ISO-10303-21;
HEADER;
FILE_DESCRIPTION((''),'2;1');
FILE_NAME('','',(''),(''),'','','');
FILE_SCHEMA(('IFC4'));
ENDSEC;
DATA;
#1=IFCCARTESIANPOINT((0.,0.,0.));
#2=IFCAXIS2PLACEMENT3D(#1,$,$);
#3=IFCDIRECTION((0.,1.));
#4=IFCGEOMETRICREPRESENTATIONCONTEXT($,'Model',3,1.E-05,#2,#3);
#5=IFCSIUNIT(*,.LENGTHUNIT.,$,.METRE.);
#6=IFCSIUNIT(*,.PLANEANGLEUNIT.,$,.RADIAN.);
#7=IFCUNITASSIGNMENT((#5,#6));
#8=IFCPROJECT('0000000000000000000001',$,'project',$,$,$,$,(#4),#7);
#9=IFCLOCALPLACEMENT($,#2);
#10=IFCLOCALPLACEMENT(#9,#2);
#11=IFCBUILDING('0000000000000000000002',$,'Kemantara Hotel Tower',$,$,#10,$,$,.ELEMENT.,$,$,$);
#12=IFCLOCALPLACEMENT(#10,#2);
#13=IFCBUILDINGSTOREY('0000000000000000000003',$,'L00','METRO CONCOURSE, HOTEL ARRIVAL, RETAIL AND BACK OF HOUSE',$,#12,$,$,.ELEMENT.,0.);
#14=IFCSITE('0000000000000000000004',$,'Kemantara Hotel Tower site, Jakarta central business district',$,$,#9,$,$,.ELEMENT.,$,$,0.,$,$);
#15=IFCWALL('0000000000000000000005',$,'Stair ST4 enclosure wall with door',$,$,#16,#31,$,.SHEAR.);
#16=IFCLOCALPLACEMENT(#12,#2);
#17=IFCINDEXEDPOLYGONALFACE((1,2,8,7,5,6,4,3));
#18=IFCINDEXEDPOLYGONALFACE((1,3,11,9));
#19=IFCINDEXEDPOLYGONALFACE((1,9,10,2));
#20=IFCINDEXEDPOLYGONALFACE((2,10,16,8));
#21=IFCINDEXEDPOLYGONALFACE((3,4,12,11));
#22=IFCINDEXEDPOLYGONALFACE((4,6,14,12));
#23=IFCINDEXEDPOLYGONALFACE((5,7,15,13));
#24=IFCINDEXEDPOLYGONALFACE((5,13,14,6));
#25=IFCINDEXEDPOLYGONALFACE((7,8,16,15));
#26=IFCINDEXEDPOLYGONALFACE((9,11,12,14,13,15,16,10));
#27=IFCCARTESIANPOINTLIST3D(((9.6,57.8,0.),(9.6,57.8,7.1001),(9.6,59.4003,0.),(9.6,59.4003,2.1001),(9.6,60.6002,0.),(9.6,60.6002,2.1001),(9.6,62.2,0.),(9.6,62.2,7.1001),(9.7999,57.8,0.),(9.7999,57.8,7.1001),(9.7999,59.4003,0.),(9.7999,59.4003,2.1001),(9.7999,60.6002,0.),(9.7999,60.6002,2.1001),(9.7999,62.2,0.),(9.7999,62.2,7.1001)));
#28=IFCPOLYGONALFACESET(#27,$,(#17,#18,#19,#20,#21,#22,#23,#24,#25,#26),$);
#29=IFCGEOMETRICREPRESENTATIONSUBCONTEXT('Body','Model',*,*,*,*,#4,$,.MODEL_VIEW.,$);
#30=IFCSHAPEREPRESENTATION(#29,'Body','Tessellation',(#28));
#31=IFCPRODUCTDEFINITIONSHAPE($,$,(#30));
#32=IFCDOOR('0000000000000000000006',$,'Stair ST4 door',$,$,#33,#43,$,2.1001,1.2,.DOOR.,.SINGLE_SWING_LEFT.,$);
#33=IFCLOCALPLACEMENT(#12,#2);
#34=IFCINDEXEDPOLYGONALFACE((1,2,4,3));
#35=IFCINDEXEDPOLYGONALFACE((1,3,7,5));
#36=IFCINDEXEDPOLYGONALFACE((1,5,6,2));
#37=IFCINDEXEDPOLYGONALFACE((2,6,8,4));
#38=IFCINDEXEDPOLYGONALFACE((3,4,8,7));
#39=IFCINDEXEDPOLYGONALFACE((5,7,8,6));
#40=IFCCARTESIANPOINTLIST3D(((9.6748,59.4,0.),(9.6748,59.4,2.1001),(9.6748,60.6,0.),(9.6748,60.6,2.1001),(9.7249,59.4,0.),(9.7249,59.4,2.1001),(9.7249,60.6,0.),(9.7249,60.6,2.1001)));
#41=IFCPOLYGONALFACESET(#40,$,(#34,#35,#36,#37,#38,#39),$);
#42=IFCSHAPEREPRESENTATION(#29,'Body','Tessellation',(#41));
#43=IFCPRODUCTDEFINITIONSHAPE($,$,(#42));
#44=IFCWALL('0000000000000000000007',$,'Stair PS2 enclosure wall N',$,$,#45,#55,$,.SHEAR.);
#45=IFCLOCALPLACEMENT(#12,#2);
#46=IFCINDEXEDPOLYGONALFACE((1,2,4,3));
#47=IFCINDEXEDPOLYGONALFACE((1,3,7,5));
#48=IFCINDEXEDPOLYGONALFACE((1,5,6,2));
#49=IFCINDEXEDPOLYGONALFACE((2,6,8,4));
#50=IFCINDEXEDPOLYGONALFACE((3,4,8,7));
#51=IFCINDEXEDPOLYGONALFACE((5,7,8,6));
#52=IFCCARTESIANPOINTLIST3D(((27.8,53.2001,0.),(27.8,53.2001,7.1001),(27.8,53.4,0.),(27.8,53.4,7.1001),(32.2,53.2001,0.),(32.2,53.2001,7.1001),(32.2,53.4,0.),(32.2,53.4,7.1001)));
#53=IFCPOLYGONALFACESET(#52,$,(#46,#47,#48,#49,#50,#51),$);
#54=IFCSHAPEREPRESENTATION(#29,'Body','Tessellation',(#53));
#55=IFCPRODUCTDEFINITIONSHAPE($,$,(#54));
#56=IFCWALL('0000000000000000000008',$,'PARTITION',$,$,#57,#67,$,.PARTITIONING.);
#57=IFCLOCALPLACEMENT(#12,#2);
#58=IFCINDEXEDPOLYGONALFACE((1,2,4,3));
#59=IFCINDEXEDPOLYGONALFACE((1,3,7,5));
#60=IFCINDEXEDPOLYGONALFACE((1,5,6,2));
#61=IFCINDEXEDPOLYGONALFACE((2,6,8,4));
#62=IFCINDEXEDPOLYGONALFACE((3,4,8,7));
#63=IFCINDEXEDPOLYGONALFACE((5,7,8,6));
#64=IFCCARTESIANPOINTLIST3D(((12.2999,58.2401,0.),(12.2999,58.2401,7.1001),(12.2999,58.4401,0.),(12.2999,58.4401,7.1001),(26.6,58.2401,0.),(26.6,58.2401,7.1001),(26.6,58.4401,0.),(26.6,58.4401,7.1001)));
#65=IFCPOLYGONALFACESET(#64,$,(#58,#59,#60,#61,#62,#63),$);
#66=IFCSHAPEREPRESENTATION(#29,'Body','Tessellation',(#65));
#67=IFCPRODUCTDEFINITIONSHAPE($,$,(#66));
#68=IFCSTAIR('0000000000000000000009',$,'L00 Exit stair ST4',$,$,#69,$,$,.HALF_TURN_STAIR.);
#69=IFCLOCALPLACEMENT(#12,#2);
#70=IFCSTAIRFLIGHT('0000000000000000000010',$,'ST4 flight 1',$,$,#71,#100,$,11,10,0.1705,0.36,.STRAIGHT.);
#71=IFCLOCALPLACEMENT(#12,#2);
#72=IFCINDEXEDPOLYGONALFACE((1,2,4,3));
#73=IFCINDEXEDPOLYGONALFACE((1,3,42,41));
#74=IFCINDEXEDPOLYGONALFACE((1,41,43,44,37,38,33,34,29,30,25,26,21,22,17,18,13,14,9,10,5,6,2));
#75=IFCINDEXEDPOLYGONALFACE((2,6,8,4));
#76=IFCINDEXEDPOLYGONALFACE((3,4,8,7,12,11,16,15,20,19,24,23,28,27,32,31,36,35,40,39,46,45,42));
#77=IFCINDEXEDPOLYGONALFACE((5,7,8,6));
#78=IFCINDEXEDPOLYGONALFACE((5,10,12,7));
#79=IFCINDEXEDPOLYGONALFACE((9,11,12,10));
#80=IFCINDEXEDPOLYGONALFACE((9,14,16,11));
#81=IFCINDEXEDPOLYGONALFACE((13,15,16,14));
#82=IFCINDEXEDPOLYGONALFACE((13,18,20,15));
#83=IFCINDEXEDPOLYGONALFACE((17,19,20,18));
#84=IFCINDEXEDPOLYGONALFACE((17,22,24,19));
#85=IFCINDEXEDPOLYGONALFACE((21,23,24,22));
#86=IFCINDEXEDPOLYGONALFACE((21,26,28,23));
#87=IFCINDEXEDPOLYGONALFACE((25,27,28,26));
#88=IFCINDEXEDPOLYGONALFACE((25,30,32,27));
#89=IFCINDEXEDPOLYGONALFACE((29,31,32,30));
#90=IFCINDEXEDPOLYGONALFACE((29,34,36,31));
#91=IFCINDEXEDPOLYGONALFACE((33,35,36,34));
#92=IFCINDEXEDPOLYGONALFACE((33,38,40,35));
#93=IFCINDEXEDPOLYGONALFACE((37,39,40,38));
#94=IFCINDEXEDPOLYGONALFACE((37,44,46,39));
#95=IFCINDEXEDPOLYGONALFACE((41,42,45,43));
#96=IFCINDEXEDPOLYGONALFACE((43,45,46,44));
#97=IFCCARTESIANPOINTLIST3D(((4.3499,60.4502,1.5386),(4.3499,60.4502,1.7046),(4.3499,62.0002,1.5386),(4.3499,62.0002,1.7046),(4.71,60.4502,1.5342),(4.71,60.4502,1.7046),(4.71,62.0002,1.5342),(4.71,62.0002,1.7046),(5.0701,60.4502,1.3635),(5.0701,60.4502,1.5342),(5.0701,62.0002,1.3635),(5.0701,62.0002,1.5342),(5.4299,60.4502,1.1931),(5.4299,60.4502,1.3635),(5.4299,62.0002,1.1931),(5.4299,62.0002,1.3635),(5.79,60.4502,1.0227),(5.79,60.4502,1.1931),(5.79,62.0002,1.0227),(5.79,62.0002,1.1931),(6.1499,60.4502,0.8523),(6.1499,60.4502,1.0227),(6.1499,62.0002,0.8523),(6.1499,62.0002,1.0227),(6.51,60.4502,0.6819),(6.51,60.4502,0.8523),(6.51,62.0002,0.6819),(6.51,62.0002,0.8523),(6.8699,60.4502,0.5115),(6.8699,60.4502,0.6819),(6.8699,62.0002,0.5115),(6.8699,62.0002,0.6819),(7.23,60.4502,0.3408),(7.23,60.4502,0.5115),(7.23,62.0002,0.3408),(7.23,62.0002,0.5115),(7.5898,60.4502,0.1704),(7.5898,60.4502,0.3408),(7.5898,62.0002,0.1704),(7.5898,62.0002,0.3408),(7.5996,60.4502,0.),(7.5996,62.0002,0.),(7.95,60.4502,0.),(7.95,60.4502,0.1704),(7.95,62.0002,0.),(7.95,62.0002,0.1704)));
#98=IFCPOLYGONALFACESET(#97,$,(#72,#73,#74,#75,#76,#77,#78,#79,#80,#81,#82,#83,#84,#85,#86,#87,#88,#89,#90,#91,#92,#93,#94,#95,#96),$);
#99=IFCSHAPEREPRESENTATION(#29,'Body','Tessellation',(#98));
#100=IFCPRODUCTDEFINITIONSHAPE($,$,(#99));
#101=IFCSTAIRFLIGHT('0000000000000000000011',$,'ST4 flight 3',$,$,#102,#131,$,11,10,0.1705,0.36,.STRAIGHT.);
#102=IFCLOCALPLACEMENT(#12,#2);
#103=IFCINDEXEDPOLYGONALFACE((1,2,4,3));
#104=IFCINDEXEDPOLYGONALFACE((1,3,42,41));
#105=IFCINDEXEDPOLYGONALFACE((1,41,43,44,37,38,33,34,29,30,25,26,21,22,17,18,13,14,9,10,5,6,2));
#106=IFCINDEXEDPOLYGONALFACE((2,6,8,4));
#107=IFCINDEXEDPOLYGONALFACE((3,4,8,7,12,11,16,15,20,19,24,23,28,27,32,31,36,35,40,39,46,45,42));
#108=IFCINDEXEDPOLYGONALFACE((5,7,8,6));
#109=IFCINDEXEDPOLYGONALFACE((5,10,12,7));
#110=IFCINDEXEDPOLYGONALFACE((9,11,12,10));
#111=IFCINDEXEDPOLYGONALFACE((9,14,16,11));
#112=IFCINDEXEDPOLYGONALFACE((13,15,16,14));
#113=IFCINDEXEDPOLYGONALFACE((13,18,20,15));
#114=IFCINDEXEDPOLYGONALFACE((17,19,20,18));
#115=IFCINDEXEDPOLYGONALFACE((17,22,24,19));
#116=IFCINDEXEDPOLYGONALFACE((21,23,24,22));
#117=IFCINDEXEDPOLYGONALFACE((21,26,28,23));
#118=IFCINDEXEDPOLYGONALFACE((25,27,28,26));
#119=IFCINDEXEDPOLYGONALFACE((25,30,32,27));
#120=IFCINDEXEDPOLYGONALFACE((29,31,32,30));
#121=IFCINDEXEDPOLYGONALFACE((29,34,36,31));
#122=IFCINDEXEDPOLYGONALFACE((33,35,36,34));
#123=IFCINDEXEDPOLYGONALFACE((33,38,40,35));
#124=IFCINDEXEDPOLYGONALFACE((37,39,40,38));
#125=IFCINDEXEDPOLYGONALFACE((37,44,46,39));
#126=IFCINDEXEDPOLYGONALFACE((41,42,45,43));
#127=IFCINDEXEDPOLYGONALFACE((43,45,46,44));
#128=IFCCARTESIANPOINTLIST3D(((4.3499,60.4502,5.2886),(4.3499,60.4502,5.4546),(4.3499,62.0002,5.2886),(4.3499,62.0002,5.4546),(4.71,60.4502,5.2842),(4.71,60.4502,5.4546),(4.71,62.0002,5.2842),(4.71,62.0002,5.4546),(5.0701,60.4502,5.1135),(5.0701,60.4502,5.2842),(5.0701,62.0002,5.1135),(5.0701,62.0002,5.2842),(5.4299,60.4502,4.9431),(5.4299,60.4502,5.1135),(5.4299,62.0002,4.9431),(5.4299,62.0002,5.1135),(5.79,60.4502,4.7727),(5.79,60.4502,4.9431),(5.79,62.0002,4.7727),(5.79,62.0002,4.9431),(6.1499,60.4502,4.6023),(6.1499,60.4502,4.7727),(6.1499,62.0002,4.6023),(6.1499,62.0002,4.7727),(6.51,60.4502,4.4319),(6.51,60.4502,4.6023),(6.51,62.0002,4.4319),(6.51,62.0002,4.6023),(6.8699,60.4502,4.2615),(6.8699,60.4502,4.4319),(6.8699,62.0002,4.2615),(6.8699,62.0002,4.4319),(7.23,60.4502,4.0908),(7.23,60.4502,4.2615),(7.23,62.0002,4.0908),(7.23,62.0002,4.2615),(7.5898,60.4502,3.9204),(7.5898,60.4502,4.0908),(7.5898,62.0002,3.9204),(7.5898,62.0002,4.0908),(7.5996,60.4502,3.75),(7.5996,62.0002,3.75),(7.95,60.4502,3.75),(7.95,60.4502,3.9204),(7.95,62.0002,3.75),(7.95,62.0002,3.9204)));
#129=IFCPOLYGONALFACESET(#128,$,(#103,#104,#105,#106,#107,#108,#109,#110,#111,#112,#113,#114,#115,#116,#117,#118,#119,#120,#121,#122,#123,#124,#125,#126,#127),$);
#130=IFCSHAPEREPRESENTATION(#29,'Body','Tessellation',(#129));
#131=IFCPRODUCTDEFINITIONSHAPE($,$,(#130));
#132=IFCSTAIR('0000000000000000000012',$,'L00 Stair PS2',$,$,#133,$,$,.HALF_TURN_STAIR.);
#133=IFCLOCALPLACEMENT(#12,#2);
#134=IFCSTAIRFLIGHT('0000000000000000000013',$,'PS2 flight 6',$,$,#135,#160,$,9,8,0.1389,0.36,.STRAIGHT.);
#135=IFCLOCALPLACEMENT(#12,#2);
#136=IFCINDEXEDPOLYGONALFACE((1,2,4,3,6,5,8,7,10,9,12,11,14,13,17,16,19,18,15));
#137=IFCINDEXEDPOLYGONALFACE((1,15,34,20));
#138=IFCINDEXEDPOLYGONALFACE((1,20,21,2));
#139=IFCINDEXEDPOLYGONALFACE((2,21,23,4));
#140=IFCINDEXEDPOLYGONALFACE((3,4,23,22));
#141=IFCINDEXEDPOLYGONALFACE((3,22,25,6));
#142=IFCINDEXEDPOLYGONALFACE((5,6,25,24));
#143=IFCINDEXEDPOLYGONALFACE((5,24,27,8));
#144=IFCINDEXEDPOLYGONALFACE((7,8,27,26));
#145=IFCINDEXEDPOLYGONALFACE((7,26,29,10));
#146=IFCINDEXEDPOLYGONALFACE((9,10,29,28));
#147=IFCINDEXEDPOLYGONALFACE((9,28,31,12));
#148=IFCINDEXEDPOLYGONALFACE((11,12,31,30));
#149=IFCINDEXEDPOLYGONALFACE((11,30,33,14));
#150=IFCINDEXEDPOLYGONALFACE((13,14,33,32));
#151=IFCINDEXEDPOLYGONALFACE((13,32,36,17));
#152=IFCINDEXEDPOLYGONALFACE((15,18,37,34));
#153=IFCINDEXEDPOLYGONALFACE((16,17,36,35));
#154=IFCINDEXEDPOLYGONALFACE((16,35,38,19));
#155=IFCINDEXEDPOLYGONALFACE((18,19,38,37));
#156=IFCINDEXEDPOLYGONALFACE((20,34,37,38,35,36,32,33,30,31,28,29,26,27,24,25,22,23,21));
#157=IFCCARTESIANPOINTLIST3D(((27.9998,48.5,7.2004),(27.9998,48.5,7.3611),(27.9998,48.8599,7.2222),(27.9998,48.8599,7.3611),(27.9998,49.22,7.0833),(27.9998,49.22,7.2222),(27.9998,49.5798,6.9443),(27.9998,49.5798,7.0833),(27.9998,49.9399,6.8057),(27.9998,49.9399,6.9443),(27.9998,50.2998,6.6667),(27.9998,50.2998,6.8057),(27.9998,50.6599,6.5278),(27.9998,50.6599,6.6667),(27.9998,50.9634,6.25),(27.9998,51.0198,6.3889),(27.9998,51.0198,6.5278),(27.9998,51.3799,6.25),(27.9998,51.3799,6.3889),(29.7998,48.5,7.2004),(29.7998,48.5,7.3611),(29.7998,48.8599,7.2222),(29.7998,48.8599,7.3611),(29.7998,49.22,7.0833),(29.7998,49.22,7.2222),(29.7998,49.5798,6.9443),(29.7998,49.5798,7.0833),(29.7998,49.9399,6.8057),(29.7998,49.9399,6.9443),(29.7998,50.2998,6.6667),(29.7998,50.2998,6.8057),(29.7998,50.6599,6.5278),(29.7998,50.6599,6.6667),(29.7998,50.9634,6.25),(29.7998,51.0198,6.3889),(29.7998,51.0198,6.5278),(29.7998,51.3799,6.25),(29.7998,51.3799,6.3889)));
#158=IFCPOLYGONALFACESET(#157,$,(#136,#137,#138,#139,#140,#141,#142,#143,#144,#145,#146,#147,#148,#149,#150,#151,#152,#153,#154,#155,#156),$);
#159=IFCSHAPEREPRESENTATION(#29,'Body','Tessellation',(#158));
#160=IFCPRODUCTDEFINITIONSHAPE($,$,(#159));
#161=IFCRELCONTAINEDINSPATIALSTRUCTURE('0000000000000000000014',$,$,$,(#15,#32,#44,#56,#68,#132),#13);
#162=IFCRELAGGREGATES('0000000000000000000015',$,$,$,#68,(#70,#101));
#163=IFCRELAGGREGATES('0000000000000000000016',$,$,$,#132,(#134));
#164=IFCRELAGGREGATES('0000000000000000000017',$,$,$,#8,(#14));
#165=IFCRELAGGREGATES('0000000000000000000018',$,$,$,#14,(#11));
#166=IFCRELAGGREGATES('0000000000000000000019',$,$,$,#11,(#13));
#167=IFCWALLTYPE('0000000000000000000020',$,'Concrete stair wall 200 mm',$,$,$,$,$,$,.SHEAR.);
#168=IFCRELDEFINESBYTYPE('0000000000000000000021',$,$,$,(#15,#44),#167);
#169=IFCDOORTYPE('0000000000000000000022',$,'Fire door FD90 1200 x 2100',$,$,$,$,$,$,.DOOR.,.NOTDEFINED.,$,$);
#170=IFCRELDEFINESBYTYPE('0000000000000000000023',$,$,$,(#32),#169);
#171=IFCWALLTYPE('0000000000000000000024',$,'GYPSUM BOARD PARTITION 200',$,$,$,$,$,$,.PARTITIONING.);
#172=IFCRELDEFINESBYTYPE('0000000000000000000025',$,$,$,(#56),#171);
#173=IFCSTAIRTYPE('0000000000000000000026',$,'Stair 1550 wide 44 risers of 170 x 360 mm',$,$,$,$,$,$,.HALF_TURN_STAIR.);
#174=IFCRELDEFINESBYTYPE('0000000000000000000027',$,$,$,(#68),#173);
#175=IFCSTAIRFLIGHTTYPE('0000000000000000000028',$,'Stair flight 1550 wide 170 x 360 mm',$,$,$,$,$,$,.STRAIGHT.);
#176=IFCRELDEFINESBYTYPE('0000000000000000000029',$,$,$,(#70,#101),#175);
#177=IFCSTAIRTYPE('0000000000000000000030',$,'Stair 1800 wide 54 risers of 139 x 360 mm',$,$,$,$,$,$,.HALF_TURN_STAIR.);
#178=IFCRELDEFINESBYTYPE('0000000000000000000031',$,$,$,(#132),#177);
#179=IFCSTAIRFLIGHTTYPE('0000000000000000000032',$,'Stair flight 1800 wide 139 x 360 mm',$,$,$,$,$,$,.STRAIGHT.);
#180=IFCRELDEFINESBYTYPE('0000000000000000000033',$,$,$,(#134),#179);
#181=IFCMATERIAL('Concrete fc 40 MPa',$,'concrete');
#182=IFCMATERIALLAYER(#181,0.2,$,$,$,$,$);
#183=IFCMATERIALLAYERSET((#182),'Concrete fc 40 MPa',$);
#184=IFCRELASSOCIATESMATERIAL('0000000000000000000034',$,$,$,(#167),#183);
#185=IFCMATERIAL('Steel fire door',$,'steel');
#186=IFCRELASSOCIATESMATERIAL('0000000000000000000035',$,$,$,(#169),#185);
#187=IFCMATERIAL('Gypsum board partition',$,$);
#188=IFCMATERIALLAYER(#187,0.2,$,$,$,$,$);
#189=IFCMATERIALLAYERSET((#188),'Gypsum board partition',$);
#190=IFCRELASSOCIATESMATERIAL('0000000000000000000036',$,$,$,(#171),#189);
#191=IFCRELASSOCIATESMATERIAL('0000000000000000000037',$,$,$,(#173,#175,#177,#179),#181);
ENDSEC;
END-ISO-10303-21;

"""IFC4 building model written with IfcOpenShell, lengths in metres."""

from ifc_helpers import new_model, si_unit, direction, frame, frame_2d, origin, place, context, subcontext, project, spatial, polyline, rectangle, outline, extrude, material, layer, layer_set, type_object, element, fill, aggregate, save


model = new_model("IFC4")

# Units and contexts
model_context = context("Model", 3, precision=1e-05, world=origin(), true_north=direction((0.0, 1.0)))
body_context = subcontext(model_context, "Body", "Model", "MODEL_VIEW")
ifc_project = project(units=[si_unit("LENGTHUNIT", "METRE"), si_unit("PLANEANGLEUNIT", "RADIAN")], contexts=[model_context])

# Site, building, storey
site_placement = place(None, origin())
site = spatial("IfcSite", under=ifc_project, at=site_placement, Name="Kemantara Hotel Tower site, Jakarta central business district", CompositionType="ELEMENT", RefElevation=0.0)
building_placement = place(site_placement, origin())
building = spatial("IfcBuilding", under=site, at=building_placement, Name="Kemantara Hotel Tower", CompositionType="ELEMENT")
storey_placement = place(building_placement, origin())
storey = spatial("IfcBuildingStorey", under=building, at=storey_placement, Name="L00", Description="METRO CONCOURSE, HOTEL ARRIVAL, RETAIL AND BACK OF HOUSE", CompositionType="ELEMENT", Elevation=0.0)

# Wall, opening, door
ifc_material_1 = material(Name="Concrete fc 40 MPa", Category="concrete")
ifc_layer_1 = layer(ifc_material_1, 0.2)
ifc_layer_set_1 = layer_set([ifc_layer_1], Name="Concrete fc 40 MPa")
wall_type_1 = type_object("IfcWallType", Name="Concrete stair wall 200 mm", PredefinedType="SHEAR", material=ifc_layer_set_1)
wall_1_placement = place(storey_placement, frame((9.7, 57.8, 0.0), z_axis=(0.0, 0.0, 1.0), x_axis=(0.0, 1.0, 0.0)))
wall_1 = element("IfcWall", 1, at=wall_1_placement, inside=storey, type_object=wall_type_1, Name="Stair ST4 enclosure wall with door", PredefinedType="SHEAR", context=body_context, shape_type="SweptSolid", body=[
    extrude(rectangle(XDim=4.3999, YDim=0.2, at=frame_2d((2.2, 0.0))), origin(), (0.0, 0.0, 1.0), 7.1001),
])
opening_placement = place(wall_1_placement, frame((1.6001, 0.0, 0.0)))
opening = element("IfcOpeningElement", 2, at=opening_placement, cuts=wall_1, PredefinedType="OPENING", context=body_context, shape_type="SweptSolid", body=[
    extrude(rectangle(XDim=1.2, YDim=2.1001, at=frame_2d((0.6001, 1.05))), frame((0.0, 0.1099, 0.0), z_axis=(0.0, -1.0, 0.0), x_axis=(1.0, 0.0, 0.0)), (0.0, 0.0, 1.0), 0.22),
])
ifc_material_2 = material(Name="Steel fire door", Category="steel")
door_type = type_object("IfcDoorType", Name="Fire door FD90 1200 x 2100", OperationType="NOTDEFINED", PredefinedType="DOOR", material=ifc_material_2)
door_placement = place(opening_placement, frame((1.2, 0.0, 0.0), z_axis=(0.0, 0.0, 1.0), x_axis=(-1.0, 0.0, 0.0)))
door = element("IfcDoor", 3, at=door_placement, inside=storey, type_object=door_type, Name="Stair ST4 door", OperationType="SINGLE_SWING_LEFT", OverallHeight=2.1001, OverallWidth=1.2, PredefinedType="DOOR", context=body_context, shape_type="SweptSolid", body=[
    extrude(rectangle(XDim=1.2, YDim=2.1001, at=frame_2d((0.6001, 1.05))), frame((0.0, 0.0249, 0.0), z_axis=(0.0, -1.0, 0.0), x_axis=(1.0, 0.0, 0.0)), (0.0, 0.0, 1.0), 0.05),
])
fill(opening, door)

# Walls
wall_2_placement = place(storey_placement, frame((27.8, 53.3, 0.0), z_axis=(0.0, 0.0, 1.0), x_axis=(1.0, 0.0, 0.0)))
element("IfcWall", 4, at=wall_2_placement, inside=storey, type_object=wall_type_1, Name="Stair PS2 enclosure wall N", PredefinedType="SHEAR", context=body_context, shape_type="SweptSolid", body=[
    extrude(rectangle(XDim=4.3999, YDim=0.2, at=frame_2d((2.2, 0.0))), origin(), (0.0, 0.0, 1.0), 7.1001),
])
ifc_material_3 = material(Name="Gypsum board partition")
ifc_layer_2 = layer(ifc_material_3, 0.2)
ifc_layer_set_2 = layer_set([ifc_layer_2], Name="Gypsum board partition")
wall_type_2 = type_object("IfcWallType", Name="GYPSUM BOARD PARTITION 200", PredefinedType="PARTITIONING", material=ifc_layer_set_2)
wall_3_placement = place(storey_placement, frame((12.3, 58.3401, 0.0), z_axis=(0.0, 0.0, 1.0), x_axis=(1.0, 0.0, 0.0)))
element("IfcWall", 5, at=wall_3_placement, inside=storey, type_object=wall_type_2, Name="PARTITION", PredefinedType="PARTITIONING", context=body_context, shape_type="SweptSolid", body=[
    extrude(rectangle(XDim=14.3, YDim=0.2, at=frame_2d((7.1499, 0.0))), origin(), (0.0, 0.0, 1.0), 7.1001),
])

# Stair, stair flights
stair_type_1 = type_object("IfcStairType", Name="Stair 1550 wide 44 risers of 170 x 360 mm", PredefinedType="HALF_TURN_STAIR", material=ifc_material_1)
stair_1_placement = place(storey_placement, origin())
stair_1 = element("IfcStair", 6, at=stair_1_placement, inside=storey, type_object=stair_type_1, Name="L00 Exit stair ST4", PredefinedType="HALF_TURN_STAIR")
stair_flight_type_1 = type_object("IfcStairFlightType", Name="Stair flight 1550 wide 170 x 360 mm", PredefinedType="STRAIGHT", material=ifc_material_1)
stair_flight_1_placement = place(storey_placement, frame((7.95, 61.2251, 0.0), z_axis=(0.0, 0.0, 1.0), x_axis=(-1.0, 0.0, 0.0)))
stair_flight_1 = element("IfcStairFlight", 7, at=stair_flight_1_placement, type_object=stair_flight_type_1, Name="ST4 flight 1", NumberOfRisers=11, NumberOfTreads=10, PredefinedType="STRAIGHT", RiserHeight=0.1705, TreadLength=0.36, context=body_context, shape_type="SweptSolid", body=[
    extrude(outline(polyline([(0.0, 0.0), (0.0, 0.1704), (0.3601, 0.1704), (0.3601, 0.3408), (0.72, 0.3408), (0.72, 0.5115), (1.0801, 0.5115), (1.0801, 0.6819), (1.4399, 0.6819), (1.4399, 0.8523), (1.8, 0.8523), (1.8, 1.0227), (2.1599, 1.0227), (2.1599, 1.1931), (2.52, 1.1931), (2.52, 1.3635), (2.8799, 1.3635), (2.8799, 1.5342), (3.24, 1.5342), (3.24, 1.7046), (3.6001, 1.7046), (3.6001, 1.875), (3.6001, 1.5386), (0.3503, 0.0), (0.0, 0.0)])), frame((0.0, 0.7749, 0.0), z_axis=(0.0, -1.0, 0.0), x_axis=(1.0, 0.0, 0.0)), (0.0, 0.0, 1.0), 1.55),
])
stair_flight_2_placement = place(storey_placement, frame((7.95, 61.2251, 3.75), z_axis=(0.0, 0.0, 1.0), x_axis=(-1.0, 0.0, 0.0)))
stair_flight_2 = element("IfcStairFlight", 8, at=stair_flight_2_placement, type_object=stair_flight_type_1, Name="ST4 flight 3", NumberOfRisers=11, NumberOfTreads=10, PredefinedType="STRAIGHT", RiserHeight=0.1705, TreadLength=0.36, context=body_context, shape_type="SweptSolid", body=[
    extrude(outline(polyline([(0.0, 0.0), (0.0, 0.1704), (0.3601, 0.1704), (0.3601, 0.3408), (0.72, 0.3408), (0.72, 0.5115), (1.0801, 0.5115), (1.0801, 0.6819), (1.4399, 0.6819), (1.4399, 0.8523), (1.8, 0.8523), (1.8, 1.0227), (2.1599, 1.0227), (2.1599, 1.1931), (2.52, 1.1931), (2.52, 1.3635), (2.8799, 1.3635), (2.8799, 1.5342), (3.24, 1.5342), (3.24, 1.7046), (3.6001, 1.7046), (3.6001, 1.875), (3.6001, 1.5386), (0.3503, 0.0), (0.0, 0.0)])), frame((0.0, 0.7749, 0.0), z_axis=(0.0, -1.0, 0.0), x_axis=(1.0, 0.0, 0.0)), (0.0, 0.0, 1.0), 1.55),
])
aggregate(stair_1, [stair_flight_1, stair_flight_2])

# Stair, stair flight
stair_type_2 = type_object("IfcStairType", Name="Stair 1800 wide 54 risers of 139 x 360 mm", PredefinedType="HALF_TURN_STAIR", material=ifc_material_1)
stair_2_placement = place(storey_placement, origin())
stair_2 = element("IfcStair", 9, at=stair_2_placement, inside=storey, type_object=stair_type_2, Name="L00 Stair PS2", PredefinedType="HALF_TURN_STAIR")
stair_flight_type_2 = type_object("IfcStairFlightType", Name="Stair flight 1800 wide 139 x 360 mm", PredefinedType="STRAIGHT", material=ifc_material_1)
stair_flight_3_placement = place(storey_placement, frame((28.8999, 51.3799, 6.25), z_axis=(0.0, 0.0, 1.0), x_axis=(0.0, -1.0, 0.0)))
stair_flight_3 = element("IfcStairFlight", 10, at=stair_flight_3_placement, type_object=stair_flight_type_2, Name="PS2 flight 6", NumberOfRisers=9, NumberOfTreads=8, PredefinedType="STRAIGHT", RiserHeight=0.1389, TreadLength=0.36, context=body_context, shape_type="SweptSolid", body=[
    extrude(outline(polyline([(0.0, 0.0), (0.0, 0.1389), (0.3601, 0.1389), (0.3601, 0.2778), (0.72, 0.2778), (0.72, 0.4167), (1.0801, 0.4167), (1.0801, 0.5557), (1.4399, 0.5557), (1.4399, 0.6943), (1.8, 0.6943), (1.8, 0.8333), (2.1599, 0.8333), (2.1599, 0.9722), (2.52, 0.9722), (2.52, 1.1111), (2.8799, 1.1111), (2.8799, 1.25), (2.8799, 0.9504), (0.4165, 0.0), (0.0, 0.0)])), frame((0.0, 0.8999, 0.0), z_axis=(0.0, -1.0, 0.0), x_axis=(1.0, 0.0, 0.0)), (0.0, 0.0, 1.0), 1.8),
])
aggregate(stair_2, [stair_flight_3])

save(model, "model.ifc")
